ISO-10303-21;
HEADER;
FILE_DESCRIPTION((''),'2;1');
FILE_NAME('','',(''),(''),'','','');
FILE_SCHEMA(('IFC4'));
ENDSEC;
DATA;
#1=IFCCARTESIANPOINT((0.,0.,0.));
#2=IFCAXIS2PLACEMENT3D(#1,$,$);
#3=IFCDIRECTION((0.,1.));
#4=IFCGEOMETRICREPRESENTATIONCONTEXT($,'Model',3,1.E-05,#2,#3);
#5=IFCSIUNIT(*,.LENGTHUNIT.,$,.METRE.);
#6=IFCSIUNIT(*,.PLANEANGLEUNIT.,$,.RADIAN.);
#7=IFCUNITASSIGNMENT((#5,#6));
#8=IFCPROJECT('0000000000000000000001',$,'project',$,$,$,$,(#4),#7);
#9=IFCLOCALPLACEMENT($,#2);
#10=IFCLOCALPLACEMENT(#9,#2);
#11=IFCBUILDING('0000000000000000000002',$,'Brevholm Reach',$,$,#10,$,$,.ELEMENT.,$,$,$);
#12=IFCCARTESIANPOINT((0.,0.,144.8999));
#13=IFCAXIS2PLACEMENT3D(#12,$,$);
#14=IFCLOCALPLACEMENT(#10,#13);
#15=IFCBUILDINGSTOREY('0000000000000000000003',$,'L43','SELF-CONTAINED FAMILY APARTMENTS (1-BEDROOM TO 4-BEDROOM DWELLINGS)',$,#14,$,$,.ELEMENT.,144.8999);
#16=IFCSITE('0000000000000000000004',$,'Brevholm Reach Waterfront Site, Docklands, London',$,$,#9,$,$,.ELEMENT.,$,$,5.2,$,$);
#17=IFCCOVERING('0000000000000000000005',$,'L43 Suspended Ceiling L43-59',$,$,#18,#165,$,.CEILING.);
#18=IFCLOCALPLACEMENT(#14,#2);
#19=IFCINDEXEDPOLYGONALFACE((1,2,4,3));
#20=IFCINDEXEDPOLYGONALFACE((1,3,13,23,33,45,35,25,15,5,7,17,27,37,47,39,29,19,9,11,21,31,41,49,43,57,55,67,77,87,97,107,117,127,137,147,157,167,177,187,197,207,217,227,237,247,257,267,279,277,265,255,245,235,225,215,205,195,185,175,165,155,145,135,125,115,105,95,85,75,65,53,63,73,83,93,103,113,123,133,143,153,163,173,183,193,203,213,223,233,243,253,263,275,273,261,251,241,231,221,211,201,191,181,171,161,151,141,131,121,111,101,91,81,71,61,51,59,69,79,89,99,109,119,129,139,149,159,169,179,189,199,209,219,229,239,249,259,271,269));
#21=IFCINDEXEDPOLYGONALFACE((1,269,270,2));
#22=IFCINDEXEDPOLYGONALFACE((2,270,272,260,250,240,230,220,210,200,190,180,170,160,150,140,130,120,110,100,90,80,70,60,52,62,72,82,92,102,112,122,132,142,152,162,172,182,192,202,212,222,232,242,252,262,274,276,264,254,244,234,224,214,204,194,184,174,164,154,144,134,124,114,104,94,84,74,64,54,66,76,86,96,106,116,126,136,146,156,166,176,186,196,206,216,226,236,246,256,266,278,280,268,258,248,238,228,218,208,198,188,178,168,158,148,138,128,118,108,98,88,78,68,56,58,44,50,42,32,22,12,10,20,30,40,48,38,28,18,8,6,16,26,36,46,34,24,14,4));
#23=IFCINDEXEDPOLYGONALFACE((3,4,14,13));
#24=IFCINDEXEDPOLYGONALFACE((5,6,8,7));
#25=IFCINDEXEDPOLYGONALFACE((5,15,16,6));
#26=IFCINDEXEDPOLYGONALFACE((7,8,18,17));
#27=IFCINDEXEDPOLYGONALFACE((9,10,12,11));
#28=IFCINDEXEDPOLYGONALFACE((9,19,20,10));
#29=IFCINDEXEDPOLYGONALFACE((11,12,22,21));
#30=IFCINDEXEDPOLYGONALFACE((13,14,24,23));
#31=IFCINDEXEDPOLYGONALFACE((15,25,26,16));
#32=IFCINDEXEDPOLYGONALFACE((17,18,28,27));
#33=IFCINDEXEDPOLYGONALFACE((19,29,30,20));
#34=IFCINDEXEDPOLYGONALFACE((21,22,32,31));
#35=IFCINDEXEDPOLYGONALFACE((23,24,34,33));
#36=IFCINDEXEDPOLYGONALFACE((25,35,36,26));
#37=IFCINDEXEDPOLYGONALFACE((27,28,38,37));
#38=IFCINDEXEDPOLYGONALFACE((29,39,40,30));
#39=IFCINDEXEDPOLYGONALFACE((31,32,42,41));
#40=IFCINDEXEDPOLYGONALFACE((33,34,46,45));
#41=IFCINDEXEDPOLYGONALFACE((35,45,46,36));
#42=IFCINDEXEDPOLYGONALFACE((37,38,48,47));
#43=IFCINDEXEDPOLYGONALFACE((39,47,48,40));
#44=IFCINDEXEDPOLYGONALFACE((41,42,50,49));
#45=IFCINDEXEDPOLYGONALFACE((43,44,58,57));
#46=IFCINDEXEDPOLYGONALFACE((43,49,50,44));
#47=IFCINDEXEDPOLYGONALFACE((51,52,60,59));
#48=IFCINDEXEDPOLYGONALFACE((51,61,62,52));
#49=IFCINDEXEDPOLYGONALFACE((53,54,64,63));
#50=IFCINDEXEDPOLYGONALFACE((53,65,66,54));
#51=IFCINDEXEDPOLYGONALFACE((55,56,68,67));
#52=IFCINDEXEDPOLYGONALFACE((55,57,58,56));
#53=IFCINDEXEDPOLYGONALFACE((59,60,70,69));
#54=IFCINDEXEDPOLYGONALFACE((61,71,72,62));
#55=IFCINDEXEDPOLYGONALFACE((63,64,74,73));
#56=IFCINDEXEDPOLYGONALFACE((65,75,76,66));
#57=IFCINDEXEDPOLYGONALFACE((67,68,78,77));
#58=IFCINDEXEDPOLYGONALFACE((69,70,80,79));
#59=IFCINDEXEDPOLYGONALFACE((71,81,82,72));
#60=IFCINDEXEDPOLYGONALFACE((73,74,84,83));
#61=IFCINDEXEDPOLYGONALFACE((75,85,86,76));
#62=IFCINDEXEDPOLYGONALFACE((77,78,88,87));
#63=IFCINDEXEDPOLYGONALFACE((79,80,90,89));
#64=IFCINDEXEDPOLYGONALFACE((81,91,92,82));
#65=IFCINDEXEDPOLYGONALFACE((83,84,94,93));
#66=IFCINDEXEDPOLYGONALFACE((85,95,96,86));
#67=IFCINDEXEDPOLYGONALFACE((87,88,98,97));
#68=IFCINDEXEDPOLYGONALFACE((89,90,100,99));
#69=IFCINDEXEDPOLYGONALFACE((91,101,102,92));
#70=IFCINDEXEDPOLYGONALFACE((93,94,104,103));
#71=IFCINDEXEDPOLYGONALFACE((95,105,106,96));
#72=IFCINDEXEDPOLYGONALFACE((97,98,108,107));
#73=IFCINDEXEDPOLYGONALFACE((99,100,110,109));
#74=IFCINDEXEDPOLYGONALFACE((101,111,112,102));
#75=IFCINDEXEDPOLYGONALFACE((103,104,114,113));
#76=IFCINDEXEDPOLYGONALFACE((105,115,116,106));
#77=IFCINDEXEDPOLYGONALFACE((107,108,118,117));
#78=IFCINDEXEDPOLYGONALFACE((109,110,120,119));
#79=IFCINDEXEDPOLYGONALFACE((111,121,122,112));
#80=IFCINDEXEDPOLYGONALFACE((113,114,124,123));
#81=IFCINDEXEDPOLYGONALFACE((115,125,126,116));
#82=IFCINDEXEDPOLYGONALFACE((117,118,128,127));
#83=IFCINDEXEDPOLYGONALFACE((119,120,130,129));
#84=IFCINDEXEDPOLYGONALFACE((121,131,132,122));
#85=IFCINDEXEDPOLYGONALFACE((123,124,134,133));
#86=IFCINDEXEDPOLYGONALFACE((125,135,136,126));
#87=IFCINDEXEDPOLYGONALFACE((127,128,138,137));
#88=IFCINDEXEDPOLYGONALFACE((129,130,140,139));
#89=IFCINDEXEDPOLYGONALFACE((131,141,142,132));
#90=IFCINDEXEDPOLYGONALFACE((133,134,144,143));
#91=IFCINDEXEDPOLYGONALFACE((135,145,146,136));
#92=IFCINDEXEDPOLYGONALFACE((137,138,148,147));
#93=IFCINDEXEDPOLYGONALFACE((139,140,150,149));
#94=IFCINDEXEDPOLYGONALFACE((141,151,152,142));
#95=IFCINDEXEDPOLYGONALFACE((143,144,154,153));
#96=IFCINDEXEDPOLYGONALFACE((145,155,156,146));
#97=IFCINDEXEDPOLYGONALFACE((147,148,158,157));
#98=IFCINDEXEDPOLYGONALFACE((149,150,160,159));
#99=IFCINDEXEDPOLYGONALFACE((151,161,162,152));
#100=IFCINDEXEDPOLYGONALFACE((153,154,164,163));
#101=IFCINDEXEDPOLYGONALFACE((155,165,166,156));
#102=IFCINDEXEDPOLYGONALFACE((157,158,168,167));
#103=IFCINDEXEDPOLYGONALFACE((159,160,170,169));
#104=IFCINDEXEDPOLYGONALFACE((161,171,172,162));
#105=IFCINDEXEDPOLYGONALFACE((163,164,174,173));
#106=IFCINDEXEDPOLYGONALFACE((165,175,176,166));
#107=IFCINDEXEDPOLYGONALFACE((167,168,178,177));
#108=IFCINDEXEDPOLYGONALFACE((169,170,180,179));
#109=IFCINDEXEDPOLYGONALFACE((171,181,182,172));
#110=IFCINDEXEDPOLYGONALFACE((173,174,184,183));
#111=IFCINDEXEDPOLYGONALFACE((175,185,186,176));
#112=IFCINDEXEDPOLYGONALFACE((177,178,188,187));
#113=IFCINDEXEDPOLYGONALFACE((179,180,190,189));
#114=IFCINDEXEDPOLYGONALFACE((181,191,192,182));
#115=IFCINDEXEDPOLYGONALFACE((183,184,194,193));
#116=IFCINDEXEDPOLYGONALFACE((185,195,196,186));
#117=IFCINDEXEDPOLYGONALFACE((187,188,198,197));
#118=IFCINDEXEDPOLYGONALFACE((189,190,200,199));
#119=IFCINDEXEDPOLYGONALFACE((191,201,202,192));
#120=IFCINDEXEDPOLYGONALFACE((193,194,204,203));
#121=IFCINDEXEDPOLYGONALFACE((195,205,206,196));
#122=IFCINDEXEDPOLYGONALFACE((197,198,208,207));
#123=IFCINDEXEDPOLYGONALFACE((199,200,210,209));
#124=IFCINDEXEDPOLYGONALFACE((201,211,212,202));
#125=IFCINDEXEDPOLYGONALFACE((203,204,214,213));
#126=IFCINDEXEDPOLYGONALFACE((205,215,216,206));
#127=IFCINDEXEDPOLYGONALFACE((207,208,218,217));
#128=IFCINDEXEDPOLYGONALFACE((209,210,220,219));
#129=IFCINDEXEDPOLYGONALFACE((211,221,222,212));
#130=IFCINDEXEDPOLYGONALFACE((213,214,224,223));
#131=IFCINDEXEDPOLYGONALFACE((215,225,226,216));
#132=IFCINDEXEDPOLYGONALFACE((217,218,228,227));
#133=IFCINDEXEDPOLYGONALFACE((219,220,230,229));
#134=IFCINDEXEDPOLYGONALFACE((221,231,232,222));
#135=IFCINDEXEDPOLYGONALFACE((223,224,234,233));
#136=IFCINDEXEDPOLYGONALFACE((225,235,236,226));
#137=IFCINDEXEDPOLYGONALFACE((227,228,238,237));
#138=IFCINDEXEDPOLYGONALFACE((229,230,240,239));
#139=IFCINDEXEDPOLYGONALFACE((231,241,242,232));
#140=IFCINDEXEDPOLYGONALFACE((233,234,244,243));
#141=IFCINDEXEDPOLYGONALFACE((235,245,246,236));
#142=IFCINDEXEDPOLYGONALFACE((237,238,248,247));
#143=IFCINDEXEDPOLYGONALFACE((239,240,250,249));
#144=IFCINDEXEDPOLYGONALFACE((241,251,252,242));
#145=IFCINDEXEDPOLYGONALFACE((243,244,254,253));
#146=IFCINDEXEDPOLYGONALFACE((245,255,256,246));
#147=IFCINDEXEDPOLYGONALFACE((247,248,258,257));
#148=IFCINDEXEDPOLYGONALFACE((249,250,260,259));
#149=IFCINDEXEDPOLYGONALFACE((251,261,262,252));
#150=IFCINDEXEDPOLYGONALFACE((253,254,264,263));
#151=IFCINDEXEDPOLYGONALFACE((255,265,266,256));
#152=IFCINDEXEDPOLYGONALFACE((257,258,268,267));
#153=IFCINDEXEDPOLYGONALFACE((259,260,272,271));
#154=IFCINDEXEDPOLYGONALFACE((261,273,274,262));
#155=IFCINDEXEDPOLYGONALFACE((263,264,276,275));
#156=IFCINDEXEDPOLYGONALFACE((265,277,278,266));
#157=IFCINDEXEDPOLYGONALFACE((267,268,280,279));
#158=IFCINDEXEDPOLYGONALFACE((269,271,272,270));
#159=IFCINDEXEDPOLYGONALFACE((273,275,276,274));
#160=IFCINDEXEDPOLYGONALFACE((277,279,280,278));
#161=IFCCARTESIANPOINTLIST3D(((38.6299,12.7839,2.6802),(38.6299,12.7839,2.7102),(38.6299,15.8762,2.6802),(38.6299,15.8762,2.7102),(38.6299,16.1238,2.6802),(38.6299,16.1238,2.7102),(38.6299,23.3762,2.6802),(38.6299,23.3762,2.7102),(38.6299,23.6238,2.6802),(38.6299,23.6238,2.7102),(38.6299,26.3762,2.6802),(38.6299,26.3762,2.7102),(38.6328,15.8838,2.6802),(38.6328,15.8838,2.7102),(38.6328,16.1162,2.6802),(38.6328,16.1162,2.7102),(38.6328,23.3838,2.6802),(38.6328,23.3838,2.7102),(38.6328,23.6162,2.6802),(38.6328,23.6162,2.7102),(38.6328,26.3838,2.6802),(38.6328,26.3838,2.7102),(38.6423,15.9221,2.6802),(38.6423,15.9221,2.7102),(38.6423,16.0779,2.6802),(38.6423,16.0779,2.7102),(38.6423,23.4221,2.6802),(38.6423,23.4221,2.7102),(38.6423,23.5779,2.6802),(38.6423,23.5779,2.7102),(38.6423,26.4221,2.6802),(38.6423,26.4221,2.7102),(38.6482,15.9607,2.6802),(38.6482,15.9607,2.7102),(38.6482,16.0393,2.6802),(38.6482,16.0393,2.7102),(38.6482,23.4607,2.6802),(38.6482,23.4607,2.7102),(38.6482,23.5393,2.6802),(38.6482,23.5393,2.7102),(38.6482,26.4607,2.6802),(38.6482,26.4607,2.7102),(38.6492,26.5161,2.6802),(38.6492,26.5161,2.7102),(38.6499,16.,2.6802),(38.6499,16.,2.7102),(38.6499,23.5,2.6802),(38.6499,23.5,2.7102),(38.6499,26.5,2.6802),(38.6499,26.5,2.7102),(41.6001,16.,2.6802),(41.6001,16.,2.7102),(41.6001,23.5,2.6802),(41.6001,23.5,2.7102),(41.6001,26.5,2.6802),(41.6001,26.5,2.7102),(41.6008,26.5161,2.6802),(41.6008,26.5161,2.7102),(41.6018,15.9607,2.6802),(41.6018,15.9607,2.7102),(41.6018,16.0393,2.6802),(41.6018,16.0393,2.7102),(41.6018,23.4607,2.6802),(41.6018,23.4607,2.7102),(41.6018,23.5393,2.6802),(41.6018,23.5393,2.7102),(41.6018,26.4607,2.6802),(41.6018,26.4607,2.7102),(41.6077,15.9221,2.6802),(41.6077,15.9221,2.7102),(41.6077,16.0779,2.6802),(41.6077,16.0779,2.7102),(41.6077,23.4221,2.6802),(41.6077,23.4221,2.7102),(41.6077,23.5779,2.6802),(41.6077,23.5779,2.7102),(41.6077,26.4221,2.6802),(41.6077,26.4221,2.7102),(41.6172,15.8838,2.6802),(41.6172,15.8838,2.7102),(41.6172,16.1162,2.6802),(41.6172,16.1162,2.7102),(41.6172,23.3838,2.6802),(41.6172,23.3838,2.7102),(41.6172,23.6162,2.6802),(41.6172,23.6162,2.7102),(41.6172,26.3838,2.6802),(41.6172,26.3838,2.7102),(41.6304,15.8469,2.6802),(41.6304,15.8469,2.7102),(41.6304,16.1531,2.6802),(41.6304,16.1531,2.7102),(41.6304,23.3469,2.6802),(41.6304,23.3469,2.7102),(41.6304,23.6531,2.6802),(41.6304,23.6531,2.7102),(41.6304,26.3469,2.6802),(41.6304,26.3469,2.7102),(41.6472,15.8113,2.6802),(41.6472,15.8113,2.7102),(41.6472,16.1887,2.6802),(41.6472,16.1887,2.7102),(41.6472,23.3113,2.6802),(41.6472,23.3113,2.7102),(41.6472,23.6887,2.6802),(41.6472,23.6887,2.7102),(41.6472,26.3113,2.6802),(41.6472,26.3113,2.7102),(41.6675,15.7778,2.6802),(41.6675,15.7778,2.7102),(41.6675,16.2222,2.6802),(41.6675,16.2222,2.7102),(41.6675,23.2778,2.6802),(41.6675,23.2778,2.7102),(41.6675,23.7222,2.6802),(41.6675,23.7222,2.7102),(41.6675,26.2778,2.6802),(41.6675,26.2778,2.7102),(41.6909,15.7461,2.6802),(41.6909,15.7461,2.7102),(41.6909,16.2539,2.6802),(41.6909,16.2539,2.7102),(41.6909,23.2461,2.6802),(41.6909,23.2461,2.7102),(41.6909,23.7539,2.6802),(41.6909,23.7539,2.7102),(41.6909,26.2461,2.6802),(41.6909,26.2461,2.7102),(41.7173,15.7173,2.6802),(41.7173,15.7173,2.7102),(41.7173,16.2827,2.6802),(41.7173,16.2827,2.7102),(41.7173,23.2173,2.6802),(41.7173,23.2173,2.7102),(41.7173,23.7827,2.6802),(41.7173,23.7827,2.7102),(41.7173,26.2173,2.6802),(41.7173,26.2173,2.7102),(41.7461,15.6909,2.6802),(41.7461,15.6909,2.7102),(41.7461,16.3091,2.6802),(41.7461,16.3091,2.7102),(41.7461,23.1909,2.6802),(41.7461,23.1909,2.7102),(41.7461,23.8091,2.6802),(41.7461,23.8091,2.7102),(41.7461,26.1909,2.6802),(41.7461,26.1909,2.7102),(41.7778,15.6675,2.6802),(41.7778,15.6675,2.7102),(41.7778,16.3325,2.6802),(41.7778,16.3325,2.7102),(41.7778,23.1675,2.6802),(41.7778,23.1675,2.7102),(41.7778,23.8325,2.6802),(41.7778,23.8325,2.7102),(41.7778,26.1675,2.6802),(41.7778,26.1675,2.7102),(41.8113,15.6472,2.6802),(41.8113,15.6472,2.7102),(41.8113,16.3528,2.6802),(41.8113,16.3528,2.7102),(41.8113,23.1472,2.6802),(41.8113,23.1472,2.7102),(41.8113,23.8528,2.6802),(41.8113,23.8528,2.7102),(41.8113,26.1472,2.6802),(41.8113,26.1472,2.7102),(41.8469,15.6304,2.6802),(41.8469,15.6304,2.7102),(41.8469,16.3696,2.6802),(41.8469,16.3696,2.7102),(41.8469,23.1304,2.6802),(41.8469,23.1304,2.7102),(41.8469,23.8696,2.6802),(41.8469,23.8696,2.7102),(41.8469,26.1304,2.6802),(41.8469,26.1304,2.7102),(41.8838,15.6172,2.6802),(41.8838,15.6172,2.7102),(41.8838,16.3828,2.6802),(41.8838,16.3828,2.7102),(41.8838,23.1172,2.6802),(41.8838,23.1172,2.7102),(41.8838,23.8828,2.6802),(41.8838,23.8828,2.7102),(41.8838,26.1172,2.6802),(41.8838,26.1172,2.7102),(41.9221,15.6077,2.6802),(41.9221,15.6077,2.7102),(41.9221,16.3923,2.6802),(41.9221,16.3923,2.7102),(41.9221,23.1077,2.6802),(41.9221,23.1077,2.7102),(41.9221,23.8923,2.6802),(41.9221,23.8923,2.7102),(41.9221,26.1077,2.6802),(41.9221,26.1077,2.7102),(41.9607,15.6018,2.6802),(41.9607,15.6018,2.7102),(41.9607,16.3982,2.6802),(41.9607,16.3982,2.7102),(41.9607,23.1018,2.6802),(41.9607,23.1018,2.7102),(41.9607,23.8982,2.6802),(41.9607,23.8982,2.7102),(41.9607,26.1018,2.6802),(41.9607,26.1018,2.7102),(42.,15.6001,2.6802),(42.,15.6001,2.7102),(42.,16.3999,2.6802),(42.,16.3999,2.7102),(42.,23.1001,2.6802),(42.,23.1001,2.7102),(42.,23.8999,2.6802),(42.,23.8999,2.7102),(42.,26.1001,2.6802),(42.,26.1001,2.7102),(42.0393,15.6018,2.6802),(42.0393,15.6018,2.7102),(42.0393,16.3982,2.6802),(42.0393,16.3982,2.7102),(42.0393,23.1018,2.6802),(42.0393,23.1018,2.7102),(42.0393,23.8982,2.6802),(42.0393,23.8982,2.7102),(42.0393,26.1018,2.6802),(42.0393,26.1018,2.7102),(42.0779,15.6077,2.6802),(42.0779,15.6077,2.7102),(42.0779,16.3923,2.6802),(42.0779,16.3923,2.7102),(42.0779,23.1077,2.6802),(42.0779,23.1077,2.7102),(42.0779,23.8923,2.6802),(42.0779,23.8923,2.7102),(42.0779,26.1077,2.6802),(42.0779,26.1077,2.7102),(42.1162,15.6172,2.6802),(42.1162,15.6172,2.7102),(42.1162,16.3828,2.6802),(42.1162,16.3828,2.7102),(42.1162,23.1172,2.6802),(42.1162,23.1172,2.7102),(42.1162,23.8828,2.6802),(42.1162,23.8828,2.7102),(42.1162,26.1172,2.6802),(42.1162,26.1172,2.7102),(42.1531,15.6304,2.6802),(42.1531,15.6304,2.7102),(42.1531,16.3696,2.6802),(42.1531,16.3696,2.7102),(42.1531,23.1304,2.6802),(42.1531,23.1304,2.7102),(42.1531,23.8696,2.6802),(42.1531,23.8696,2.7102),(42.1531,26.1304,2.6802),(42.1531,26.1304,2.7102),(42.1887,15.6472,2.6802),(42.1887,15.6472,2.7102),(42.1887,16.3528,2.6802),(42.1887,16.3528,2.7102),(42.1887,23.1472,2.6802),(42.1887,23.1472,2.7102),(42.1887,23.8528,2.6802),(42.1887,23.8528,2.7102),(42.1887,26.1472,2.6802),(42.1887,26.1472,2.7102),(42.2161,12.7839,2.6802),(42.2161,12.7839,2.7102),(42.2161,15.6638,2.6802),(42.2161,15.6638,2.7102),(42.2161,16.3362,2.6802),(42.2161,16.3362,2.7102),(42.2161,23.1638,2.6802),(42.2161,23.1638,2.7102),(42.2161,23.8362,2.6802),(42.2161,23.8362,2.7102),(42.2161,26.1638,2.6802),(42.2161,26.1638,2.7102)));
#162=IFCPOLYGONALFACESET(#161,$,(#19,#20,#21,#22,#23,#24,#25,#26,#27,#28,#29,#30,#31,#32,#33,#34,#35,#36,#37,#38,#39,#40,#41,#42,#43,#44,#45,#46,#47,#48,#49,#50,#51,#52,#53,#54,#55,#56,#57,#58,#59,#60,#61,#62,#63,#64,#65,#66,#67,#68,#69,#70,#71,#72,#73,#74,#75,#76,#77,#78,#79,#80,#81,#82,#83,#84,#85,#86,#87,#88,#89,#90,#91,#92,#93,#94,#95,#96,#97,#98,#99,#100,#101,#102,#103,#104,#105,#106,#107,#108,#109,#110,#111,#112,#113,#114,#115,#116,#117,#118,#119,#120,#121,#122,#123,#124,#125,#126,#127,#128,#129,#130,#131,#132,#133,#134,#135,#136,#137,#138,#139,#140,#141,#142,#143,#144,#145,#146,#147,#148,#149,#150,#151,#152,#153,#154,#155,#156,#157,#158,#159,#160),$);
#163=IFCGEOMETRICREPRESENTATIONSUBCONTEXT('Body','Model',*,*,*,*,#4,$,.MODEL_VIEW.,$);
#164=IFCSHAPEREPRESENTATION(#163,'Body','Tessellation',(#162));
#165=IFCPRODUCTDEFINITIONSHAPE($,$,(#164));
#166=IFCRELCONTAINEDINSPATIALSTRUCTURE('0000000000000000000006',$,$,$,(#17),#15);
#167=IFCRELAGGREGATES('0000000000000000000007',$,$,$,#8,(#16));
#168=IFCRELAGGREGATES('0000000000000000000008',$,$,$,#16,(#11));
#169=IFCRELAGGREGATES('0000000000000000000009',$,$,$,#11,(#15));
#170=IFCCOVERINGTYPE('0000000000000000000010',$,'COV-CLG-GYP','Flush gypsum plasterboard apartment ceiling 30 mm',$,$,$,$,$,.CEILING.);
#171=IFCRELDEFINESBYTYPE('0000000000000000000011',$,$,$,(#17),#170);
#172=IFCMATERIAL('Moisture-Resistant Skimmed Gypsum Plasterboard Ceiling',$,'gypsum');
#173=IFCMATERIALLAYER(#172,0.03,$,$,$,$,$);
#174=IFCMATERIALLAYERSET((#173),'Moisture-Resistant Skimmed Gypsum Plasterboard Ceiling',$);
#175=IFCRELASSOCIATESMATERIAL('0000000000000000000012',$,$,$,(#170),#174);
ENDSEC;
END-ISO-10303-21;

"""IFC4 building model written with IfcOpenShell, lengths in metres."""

from ifc_helpers import new_model, si_unit, direction, frame, origin, place, context, subcontext, project, spatial, polyline, outline, extrude, material, layer, layer_set, type_object, element, save


model = new_model("IFC4")

# Units and contexts
model_context = context("Model", 3, precision=1e-05, world=origin(), true_north=direction((0.0, 1.0)))
body_context = subcontext(model_context, "Body", "Model", "MODEL_VIEW")
ifc_project = project(units=[si_unit("LENGTHUNIT", "METRE"), si_unit("PLANEANGLEUNIT", "RADIAN")], contexts=[model_context])

# Site, building, storey
site_placement = place(None, origin())
site = spatial("IfcSite", under=ifc_project, at=site_placement, Name="Brevholm Reach Waterfront Site, Docklands, London", CompositionType="ELEMENT", RefElevation=5.2)
building_placement = place(site_placement, origin())
building = spatial("IfcBuilding", under=site, at=building_placement, Name="Brevholm Reach", CompositionType="ELEMENT")
storey_placement = place(building_placement, frame((0.0, 0.0, 144.8999)))
storey = spatial("IfcBuildingStorey", under=building, at=storey_placement, Name="L43", Description="SELF-CONTAINED FAMILY APARTMENTS (1-BEDROOM TO 4-BEDROOM DWELLINGS)", CompositionType="ELEMENT", Elevation=144.8999)

# Covering
ifc_material_1 = material(Name="Moisture-Resistant Skimmed Gypsum Plasterboard Ceiling", Category="gypsum")
ifc_layer_1 = layer(ifc_material_1, 0.03)
ifc_layer_set_1 = layer_set([ifc_layer_1], Name="Moisture-Resistant Skimmed Gypsum Plasterboard Ceiling")
covering_type_1 = type_object("IfcCoveringType", Name="COV-CLG-GYP", Description="Flush gypsum plasterboard apartment ceiling 30 mm", PredefinedType="CEILING", material=ifc_layer_set_1)
covering_1_placement = place(storey_placement, frame((0.0, 0.0, 2.6802)))
element("IfcCovering", 1, at=covering_1_placement, inside=storey, type_object=covering_type_1, Name="L43 Suspended Ceiling L43-59", PredefinedType="CEILING", context=body_context, shape_type="SweptSolid", body=[
    extrude(outline(polyline([(38.6299, 15.8762), (38.6328, 15.8838), (38.6423, 15.9221), (38.6482, 15.9607), (38.6499, 16.0), (38.6482, 16.0393), (38.6423, 16.0779), (38.6328, 16.1162), (38.6299, 16.1238), (38.6299, 23.3762), (38.6328, 23.3838), (38.6423, 23.4221), (38.6482, 23.4607), (38.6499, 23.5), (38.6482, 23.5393), (38.6423, 23.5779), (38.6328, 23.6162), (38.6299, 23.6238), (38.6299, 26.3762), (38.6328, 26.3838), (38.6423, 26.4221), (38.6482, 26.4607), (38.6499, 26.5), (38.6492, 26.5161), (41.6008, 26.5161), (41.6001, 26.5), (41.6018, 26.4607), (41.6077, 26.4221), (41.6172, 26.3838), (41.6304, 26.3469), (41.6472, 26.3113), (41.6675, 26.2778), (41.6909, 26.2461), (41.7173, 26.2173), (41.7461, 26.1909), (41.7778, 26.1675), (41.8113, 26.1472), (41.8469, 26.1304), (41.8838, 26.1172), (41.9221, 26.1077), (41.9607, 26.1018), (42.0, 26.1001), (42.0393, 26.1018), (42.0779, 26.1077), (42.1162, 26.1172), (42.1531, 26.1304), (42.1887, 26.1472), (42.2161, 26.1638), (42.2161, 23.8362), (42.1887, 23.8528), (42.1531, 23.8696), (42.1162, 23.8828), (42.0779, 23.8923), (42.0393, 23.8982), (42.0, 23.8999), (41.9607, 23.8982), (41.9221, 23.8923), (41.8838, 23.8828), (41.8469, 23.8696), (41.8113, 23.8528), (41.7778, 23.8325), (41.7461, 23.8091), (41.7173, 23.7827), (41.6909, 23.7539), (41.6675, 23.7222), (41.6472, 23.6887), (41.6304, 23.6531), (41.6172, 23.6162), (41.6077, 23.5779), (41.6018, 23.5393), (41.6001, 23.5), (41.6018, 23.4607), (41.6077, 23.4221), (41.6172, 23.3838), (41.6304, 23.3469), (41.6472, 23.3113), (41.6675, 23.2778), (41.6909, 23.2461), (41.7173, 23.2173), (41.7461, 23.1909), (41.7778, 23.1675), (41.8113, 23.1472), (41.8469, 23.1304), (41.8838, 23.1172), (41.9221, 23.1077), (41.9607, 23.1018), (42.0, 23.1001), (42.0393, 23.1018), (42.0779, 23.1077), (42.1162, 23.1172), (42.1531, 23.1304), (42.1887, 23.1472), (42.2161, 23.1638), (42.2161, 16.3362), (42.1887, 16.3528), (42.1531, 16.3696), (42.1162, 16.3828), (42.0779, 16.3923), (42.0393, 16.3982), (42.0, 16.3999), (41.9607, 16.3982), (41.9221, 16.3923), (41.8838, 16.3828), (41.8469, 16.3696), (41.8113, 16.3528), (41.7778, 16.3325), (41.7461, 16.3091), (41.7173, 16.2827), (41.6909, 16.2539), (41.6675, 16.2222), (41.6472, 16.1887), (41.6304, 16.1531), (41.6172, 16.1162), (41.6077, 16.0779), (41.6018, 16.0393), (41.6001, 16.0), (41.6018, 15.9607), (41.6077, 15.9221), (41.6172, 15.8838), (41.6304, 15.8469), (41.6472, 15.8113), (41.6675, 15.7778), (41.6909, 15.7461), (41.7173, 15.7173), (41.7461, 15.6909), (41.7778, 15.6675), (41.8113, 15.6472), (41.8469, 15.6304), (41.8838, 15.6172), (41.9221, 15.6077), (41.9607, 15.6018), (42.0, 15.6001), (42.0393, 15.6018), (42.0779, 15.6077), (42.1162, 15.6172), (42.1531, 15.6304), (42.1887, 15.6472), (42.2161, 15.6638), (42.2161, 12.7839), (38.6299, 12.7839), (38.6299, 15.8762)])), origin(), (0.0, 0.0, 1.0), 0.03),
])

save(model, "model.ifc")
